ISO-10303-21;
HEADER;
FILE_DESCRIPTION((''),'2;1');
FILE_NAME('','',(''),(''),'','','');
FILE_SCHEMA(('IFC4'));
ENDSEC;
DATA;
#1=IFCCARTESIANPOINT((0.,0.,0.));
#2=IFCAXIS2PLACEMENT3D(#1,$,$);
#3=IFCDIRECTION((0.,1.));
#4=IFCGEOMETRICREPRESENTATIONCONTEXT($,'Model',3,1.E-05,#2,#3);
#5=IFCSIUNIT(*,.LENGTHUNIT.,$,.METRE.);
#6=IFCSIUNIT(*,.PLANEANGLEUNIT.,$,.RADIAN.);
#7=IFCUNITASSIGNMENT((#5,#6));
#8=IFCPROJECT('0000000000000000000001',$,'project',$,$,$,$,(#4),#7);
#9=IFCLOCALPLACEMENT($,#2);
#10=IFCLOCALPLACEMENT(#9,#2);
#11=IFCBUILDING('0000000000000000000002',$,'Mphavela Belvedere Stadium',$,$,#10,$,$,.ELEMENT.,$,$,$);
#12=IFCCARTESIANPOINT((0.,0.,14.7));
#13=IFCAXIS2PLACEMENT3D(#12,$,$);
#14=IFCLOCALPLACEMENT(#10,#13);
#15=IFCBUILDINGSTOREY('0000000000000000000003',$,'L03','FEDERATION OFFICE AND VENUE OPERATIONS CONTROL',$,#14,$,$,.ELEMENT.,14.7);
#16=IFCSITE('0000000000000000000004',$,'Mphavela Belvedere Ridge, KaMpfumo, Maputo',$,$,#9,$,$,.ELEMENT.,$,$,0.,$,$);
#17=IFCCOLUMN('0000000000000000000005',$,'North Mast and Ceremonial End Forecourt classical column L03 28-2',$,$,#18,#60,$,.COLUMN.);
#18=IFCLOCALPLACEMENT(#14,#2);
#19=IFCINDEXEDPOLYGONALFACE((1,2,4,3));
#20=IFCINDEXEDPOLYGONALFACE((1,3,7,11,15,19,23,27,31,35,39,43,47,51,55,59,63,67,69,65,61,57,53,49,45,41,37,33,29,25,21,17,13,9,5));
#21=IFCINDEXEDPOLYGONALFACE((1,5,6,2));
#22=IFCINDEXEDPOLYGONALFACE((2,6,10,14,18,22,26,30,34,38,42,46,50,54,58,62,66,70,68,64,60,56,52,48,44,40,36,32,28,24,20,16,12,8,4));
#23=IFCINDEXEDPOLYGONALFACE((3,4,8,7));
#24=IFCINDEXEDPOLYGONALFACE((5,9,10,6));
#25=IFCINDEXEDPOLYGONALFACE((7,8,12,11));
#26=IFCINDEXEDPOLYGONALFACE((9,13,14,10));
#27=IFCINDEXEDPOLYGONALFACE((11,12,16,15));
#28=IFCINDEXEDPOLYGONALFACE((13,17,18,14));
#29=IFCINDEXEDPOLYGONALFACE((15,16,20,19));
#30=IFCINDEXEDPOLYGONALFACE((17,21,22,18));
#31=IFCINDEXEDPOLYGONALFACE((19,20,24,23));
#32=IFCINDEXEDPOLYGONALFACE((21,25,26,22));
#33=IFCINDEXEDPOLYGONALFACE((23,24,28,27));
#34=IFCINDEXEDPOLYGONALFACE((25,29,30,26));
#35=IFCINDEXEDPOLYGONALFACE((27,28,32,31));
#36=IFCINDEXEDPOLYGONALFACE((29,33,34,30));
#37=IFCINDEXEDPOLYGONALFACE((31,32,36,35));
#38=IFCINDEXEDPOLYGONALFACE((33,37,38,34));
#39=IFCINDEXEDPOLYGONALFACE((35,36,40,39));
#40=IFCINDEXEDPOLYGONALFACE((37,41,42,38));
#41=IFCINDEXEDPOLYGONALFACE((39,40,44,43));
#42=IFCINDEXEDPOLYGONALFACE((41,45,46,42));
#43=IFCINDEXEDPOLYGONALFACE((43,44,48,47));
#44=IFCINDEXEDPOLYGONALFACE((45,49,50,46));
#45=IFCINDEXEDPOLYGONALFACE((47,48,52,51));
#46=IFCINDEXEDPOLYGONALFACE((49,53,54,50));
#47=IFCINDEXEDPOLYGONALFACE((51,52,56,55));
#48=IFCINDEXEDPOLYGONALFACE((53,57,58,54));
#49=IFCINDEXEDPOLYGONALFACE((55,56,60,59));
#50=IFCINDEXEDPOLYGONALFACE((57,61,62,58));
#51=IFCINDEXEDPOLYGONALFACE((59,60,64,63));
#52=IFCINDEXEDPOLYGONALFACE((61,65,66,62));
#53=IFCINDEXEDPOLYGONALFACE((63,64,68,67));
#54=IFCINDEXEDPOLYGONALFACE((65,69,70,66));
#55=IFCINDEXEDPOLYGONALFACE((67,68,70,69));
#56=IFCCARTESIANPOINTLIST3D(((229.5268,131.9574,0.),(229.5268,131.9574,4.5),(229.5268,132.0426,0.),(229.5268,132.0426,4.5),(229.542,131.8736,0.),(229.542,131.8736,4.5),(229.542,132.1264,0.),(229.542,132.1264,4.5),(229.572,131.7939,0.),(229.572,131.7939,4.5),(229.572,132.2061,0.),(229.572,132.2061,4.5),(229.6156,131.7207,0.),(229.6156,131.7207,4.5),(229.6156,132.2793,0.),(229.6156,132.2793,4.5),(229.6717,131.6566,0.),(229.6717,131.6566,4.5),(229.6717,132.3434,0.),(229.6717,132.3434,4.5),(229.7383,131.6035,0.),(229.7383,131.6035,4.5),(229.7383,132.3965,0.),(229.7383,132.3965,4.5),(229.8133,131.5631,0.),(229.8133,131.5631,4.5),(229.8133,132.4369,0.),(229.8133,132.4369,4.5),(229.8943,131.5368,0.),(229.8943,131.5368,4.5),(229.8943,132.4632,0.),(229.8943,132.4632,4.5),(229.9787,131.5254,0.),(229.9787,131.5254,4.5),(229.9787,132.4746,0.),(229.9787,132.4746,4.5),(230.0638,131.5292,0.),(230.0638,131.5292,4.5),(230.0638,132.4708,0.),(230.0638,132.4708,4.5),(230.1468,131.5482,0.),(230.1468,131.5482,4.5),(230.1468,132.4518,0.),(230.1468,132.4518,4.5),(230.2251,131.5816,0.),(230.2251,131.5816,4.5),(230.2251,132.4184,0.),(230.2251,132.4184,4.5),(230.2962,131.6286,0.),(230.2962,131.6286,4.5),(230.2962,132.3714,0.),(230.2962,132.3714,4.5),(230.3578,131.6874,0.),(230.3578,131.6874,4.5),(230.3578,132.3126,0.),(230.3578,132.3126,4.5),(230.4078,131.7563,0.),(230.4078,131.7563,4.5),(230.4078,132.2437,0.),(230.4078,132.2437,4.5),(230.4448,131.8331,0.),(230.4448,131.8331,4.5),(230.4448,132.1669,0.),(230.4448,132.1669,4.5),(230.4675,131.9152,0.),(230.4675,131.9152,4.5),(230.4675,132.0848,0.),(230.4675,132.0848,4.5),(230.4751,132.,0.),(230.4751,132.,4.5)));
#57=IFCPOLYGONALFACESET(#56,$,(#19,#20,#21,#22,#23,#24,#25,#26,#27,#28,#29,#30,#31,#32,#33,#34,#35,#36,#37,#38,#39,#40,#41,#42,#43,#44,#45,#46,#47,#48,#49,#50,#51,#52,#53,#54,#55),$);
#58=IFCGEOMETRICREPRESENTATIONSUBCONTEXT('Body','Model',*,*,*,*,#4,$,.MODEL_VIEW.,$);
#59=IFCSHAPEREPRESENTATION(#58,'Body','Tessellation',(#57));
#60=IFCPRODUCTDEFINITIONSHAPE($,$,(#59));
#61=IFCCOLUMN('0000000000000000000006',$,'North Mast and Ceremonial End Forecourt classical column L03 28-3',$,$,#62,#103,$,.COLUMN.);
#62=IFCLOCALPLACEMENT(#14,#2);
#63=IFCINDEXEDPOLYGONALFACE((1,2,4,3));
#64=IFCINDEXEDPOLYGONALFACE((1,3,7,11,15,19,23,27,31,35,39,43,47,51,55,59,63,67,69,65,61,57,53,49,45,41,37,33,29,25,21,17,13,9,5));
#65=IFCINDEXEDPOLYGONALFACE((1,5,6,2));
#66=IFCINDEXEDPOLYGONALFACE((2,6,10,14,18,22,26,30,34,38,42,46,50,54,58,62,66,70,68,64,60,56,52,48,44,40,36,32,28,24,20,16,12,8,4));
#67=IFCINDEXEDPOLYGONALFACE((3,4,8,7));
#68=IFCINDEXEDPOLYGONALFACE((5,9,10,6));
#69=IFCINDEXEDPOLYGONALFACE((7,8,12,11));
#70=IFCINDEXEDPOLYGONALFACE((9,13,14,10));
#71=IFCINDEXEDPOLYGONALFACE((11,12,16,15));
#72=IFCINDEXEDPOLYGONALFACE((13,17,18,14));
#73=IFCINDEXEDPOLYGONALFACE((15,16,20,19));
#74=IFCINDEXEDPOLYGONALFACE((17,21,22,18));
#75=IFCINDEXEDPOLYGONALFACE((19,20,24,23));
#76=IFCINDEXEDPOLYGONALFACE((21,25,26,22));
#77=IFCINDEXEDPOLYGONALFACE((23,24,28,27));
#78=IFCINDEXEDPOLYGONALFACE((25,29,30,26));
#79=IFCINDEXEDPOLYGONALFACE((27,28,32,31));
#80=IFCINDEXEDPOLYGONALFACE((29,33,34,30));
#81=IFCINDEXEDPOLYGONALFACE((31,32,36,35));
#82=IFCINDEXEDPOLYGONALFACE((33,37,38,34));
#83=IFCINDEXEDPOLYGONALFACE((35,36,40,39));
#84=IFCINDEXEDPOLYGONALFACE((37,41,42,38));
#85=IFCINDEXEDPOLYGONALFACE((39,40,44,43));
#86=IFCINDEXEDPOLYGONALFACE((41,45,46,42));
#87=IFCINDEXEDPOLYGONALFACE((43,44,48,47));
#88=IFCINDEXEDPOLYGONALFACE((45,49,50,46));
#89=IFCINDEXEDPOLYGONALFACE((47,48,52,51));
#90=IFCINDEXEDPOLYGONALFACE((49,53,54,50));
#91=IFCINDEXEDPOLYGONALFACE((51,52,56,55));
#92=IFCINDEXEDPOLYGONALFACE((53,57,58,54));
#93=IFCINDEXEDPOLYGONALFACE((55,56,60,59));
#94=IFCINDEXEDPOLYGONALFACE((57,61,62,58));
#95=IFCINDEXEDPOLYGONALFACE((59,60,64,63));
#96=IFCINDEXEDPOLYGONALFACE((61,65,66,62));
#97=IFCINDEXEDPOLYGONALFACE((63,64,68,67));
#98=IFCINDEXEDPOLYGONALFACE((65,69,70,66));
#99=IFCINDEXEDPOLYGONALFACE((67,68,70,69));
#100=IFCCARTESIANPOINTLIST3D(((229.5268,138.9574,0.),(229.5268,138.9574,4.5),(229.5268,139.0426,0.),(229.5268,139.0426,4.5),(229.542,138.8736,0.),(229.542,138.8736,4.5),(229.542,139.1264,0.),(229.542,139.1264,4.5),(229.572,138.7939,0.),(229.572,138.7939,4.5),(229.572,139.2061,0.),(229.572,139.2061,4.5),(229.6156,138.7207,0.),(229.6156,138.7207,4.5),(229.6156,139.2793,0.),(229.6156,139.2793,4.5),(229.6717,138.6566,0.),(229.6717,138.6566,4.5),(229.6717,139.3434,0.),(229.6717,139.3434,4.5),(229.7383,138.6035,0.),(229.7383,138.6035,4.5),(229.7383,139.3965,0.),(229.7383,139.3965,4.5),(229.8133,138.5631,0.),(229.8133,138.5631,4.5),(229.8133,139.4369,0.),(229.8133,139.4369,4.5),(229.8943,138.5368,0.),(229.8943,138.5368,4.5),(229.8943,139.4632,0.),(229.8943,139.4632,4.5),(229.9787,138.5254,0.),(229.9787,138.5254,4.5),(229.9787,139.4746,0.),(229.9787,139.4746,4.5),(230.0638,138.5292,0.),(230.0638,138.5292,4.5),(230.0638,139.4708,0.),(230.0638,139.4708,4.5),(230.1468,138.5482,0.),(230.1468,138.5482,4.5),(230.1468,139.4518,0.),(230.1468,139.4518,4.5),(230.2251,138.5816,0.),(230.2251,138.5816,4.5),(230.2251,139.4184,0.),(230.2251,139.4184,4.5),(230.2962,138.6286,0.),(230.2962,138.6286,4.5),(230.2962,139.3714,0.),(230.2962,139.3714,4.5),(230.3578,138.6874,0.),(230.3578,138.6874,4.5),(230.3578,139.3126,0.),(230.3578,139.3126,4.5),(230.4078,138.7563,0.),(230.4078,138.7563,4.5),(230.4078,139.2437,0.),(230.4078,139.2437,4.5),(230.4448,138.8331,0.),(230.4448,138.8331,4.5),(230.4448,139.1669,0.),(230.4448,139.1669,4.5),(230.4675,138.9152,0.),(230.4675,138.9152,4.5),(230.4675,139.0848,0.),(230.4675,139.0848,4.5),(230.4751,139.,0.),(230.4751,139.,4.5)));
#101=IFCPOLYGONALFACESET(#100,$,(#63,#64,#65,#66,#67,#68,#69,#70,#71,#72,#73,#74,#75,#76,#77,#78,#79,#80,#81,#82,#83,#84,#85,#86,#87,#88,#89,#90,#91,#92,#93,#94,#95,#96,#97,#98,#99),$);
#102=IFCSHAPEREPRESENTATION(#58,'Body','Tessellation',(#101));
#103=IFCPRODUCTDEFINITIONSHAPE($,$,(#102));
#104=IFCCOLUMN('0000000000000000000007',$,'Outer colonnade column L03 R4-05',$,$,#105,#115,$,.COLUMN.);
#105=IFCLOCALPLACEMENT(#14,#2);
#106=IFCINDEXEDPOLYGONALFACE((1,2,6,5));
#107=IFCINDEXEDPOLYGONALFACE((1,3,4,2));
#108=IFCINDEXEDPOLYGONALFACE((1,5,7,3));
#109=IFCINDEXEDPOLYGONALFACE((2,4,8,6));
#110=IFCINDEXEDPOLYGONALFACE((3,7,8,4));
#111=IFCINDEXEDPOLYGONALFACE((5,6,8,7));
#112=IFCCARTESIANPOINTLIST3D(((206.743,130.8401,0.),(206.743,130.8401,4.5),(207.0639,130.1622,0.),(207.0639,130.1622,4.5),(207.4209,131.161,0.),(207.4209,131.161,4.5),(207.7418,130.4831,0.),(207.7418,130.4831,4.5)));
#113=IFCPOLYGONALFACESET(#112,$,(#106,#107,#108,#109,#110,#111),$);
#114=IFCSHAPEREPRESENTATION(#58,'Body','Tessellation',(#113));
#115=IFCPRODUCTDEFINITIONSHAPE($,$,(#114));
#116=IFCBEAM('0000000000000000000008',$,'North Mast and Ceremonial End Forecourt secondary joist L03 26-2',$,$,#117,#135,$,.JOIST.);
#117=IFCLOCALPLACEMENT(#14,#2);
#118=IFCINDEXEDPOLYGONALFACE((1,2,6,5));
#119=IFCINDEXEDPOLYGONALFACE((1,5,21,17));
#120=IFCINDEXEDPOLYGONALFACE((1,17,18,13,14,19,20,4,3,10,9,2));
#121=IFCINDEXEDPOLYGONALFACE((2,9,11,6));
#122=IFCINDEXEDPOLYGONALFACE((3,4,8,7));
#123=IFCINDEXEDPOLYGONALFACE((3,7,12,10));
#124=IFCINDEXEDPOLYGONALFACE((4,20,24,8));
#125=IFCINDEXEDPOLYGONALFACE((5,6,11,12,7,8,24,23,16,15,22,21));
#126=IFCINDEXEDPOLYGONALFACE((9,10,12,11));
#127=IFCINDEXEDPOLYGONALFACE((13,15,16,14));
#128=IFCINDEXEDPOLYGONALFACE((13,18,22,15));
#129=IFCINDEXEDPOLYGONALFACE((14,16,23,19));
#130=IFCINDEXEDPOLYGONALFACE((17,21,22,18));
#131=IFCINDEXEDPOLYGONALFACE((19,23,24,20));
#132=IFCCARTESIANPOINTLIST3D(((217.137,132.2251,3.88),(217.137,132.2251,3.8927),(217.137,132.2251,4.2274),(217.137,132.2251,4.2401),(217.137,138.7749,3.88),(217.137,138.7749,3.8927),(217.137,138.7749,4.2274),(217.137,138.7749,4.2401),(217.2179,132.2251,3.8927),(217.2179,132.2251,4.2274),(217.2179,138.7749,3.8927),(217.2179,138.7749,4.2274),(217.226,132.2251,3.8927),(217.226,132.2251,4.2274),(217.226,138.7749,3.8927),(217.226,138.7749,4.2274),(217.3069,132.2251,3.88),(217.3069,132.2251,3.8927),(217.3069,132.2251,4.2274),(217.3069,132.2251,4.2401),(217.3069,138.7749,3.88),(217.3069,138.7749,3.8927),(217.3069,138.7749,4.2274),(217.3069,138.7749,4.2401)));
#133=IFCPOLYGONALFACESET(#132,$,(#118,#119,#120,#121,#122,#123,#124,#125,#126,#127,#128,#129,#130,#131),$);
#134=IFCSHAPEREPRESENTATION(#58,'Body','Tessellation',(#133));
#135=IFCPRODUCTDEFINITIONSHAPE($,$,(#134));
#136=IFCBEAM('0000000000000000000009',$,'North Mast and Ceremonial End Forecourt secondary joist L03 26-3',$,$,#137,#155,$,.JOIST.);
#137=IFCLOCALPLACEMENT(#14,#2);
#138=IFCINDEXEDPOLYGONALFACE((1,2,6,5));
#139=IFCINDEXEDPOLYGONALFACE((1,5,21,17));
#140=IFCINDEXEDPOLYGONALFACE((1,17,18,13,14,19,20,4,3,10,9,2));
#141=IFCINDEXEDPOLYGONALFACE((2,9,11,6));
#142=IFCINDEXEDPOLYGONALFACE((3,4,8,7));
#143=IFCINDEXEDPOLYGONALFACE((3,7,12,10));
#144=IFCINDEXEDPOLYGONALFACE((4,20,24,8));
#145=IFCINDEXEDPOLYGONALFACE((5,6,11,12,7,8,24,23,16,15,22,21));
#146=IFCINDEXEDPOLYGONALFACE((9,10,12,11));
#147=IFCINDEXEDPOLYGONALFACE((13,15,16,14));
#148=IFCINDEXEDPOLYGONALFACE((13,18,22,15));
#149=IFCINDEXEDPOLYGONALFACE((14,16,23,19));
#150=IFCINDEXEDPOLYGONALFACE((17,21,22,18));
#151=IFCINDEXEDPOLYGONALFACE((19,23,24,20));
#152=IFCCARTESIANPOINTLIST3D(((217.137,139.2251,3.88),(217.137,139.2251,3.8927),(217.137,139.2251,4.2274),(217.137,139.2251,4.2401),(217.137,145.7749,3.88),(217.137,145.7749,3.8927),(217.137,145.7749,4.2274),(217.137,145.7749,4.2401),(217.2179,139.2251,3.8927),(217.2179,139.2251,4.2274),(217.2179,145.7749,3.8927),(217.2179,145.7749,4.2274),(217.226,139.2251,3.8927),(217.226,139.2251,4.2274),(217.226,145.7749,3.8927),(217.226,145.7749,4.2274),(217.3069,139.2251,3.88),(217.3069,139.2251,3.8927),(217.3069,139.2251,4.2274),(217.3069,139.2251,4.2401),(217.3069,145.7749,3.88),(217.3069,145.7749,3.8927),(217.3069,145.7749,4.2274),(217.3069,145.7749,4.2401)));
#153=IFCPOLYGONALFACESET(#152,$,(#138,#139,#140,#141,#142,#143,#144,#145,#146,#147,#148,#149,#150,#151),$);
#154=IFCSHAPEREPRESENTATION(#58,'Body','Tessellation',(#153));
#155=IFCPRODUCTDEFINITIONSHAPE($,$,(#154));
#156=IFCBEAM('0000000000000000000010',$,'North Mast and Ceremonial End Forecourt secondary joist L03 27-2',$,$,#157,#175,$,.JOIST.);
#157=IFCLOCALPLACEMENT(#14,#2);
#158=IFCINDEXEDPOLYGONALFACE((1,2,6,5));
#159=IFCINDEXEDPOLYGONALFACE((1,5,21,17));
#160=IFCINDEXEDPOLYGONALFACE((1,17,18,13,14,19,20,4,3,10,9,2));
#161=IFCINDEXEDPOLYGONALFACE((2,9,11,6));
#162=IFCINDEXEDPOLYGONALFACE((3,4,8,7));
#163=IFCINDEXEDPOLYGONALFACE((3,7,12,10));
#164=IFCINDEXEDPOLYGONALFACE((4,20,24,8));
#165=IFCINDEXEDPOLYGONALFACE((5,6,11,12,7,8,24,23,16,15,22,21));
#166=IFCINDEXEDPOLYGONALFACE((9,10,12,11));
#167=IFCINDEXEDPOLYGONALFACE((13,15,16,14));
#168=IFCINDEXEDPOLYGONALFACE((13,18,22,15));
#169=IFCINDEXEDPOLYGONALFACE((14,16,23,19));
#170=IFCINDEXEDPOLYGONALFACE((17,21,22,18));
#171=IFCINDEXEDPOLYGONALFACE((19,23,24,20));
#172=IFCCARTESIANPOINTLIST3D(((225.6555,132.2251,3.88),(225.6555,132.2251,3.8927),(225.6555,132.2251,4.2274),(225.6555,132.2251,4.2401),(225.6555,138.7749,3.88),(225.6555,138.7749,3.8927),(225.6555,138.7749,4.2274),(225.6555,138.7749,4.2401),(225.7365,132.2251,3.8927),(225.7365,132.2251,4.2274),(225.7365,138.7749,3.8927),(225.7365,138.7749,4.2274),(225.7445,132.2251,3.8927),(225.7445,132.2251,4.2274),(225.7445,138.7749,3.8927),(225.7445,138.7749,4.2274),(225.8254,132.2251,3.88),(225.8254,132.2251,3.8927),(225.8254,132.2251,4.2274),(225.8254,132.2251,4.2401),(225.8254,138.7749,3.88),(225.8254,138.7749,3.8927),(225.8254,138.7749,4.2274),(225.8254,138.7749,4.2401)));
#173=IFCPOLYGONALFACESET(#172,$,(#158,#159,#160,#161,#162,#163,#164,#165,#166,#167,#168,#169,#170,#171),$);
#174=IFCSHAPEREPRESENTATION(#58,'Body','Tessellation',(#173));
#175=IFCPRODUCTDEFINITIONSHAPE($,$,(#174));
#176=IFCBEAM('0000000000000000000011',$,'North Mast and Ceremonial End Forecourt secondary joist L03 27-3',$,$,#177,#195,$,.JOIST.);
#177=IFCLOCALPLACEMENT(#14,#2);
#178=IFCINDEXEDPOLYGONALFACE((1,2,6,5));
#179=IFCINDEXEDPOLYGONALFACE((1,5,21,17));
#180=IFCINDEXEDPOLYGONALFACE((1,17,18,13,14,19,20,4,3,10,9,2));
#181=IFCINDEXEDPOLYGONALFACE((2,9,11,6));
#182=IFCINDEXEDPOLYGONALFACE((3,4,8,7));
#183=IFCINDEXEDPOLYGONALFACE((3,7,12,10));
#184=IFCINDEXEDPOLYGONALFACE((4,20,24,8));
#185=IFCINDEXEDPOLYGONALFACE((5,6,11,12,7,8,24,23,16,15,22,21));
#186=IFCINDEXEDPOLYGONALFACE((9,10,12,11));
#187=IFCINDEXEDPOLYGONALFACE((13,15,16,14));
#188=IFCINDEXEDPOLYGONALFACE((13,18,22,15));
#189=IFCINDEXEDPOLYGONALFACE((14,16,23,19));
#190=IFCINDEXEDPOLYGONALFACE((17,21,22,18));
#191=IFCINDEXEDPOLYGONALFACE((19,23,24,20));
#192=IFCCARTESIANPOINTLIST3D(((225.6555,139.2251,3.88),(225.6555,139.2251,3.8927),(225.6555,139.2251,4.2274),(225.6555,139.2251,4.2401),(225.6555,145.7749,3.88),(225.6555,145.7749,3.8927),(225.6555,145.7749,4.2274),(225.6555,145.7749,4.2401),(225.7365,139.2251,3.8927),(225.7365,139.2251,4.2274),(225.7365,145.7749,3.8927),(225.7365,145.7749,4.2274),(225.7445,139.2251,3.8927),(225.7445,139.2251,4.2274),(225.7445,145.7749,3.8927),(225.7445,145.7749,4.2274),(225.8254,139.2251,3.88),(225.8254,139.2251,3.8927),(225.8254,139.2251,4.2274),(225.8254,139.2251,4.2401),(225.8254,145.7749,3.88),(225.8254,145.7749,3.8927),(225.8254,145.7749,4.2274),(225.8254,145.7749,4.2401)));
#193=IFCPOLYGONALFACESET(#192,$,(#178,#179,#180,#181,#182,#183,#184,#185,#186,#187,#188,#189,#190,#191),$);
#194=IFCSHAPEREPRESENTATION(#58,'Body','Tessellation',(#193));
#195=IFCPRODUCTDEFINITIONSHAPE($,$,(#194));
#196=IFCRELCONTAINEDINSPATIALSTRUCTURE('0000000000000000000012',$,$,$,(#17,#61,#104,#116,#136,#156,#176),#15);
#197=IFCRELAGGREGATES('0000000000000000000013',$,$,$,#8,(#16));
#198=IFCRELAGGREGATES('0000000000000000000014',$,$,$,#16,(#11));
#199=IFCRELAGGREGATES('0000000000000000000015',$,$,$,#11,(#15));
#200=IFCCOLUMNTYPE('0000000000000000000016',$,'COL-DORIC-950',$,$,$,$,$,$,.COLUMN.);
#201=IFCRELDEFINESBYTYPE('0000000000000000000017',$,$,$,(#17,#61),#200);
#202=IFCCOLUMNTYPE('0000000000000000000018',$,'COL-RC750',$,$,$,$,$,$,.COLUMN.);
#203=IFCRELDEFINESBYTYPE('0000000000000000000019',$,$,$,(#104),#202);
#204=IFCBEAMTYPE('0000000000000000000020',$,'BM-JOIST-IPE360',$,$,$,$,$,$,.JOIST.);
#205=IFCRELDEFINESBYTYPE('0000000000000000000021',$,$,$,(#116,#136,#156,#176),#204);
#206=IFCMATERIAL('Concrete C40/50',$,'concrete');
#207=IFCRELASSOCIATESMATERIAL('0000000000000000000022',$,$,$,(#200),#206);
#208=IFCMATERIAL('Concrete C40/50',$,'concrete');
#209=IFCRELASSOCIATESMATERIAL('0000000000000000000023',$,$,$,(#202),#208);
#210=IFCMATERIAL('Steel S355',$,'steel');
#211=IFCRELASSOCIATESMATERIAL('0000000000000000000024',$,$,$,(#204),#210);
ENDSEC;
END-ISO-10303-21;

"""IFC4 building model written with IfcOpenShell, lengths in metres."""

from ifc_helpers import new_model, si_unit, direction, frame, origin, origin_2d, place, context, subcontext, project, spatial, rectangle, circle, i_section, extrude, material, material_profile, profile_set, type_object, element, save


model = new_model("IFC4")

# Units and contexts
model_context = context("Model", 3, precision=1e-05, world=origin(), true_north=direction((0.0, 1.0)))
body_context = subcontext(model_context, "Body", "Model", "MODEL_VIEW")
ifc_project = project(units=[si_unit("LENGTHUNIT", "METRE"), si_unit("PLANEANGLEUNIT", "RADIAN")], contexts=[model_context])

# Site, building, storey
site_placement = place(None, origin())
site = spatial("IfcSite", under=ifc_project, at=site_placement, Name="Mphavela Belvedere Ridge, KaMpfumo, Maputo", CompositionType="ELEMENT", RefElevation=0.0)
building_placement = place(site_placement, origin())
building = spatial("IfcBuilding", under=site, at=building_placement, Name="Mphavela Belvedere Stadium", CompositionType="ELEMENT")
storey_placement = place(building_placement, frame((0.0, 0.0, 14.7)))
storey = spatial("IfcBuildingStorey", under=building, at=storey_placement, Name="L03", Description="FEDERATION OFFICE AND VENUE OPERATIONS CONTROL", CompositionType="ELEMENT", Elevation=14.7)

# Columns
ifc_material_1 = material(Name="Concrete C40/50", Category="concrete")
ifc_material_profile_1 = material_profile(ifc_material_1, circle(Radius=0.4751, at=origin_2d()), Name="COL D950")
ifc_profile_set_1 = profile_set([ifc_material_profile_1], Name="Concrete C40/50")
column_type_1 = type_object("IfcColumnType", Name="COL-DORIC-950", PredefinedType="COLUMN", material=ifc_profile_set_1)
for number, where, z_axis, x_axis, name in (
    (1, (230.0, 132.0, 0.0), (0.0, 0.0, 1.0), (1.0, 0.0, 0.0), "North Mast and Ceremonial End Forecourt classical column L03 28-2"),
    (2, (230.0, 139.0, 0.0), (0.0, 0.0, 1.0), (1.0, 0.0, 0.0), "North Mast and Ceremonial End Forecourt classical column L03 28-3"),
):
    element("IfcColumn", number, at=place(storey_placement, frame(where, z_axis=z_axis, x_axis=x_axis)), inside=storey, type_object=column_type_1, Name=name, PredefinedType="COLUMN", context=body_context, shape_type="SweptSolid", body=[
        extrude(circle(Radius=0.4751, at=origin_2d()), origin(), (0.0, 0.0, 1.0), 4.5),
    ])
ifc_material_2 = material(Name="Concrete C40/50", Category="concrete")
ifc_material_profile_2 = material_profile(ifc_material_2, rectangle(XDim=0.75, YDim=0.75, at=origin_2d()), Name="RC 750x750")
ifc_profile_set_2 = profile_set([ifc_material_profile_2], Name="Concrete C40/50")
column_type_2 = type_object("IfcColumnType", Name="COL-RC750", PredefinedType="COLUMN", material=ifc_profile_set_2)
column_placement = place(storey_placement, frame((207.2424, 130.6616, 0.0), z_axis=(0.0, 0.0, 1.0), x_axis=(0.903859, 0.427831, 0.0)))
element("IfcColumn", 3, at=column_placement, inside=storey, type_object=column_type_2, Name="Outer colonnade column L03 R4-05", PredefinedType="COLUMN", context=body_context, shape_type="SweptSolid", body=[
    extrude(rectangle(XDim=0.75, YDim=0.75, at=origin_2d()), origin(), (0.0, 0.0, 1.0), 4.5),
])

# Beams
ifc_material_3 = material(Name="Steel S355", Category="steel")
ifc_material_profile_3 = material_profile(ifc_material_3, i_section(OverallWidth=0.1699, OverallDepth=0.3601, WebThickness=0.0081, FlangeThickness=0.0127, at=origin_2d()), Name="IPE 360")
ifc_profile_set_3 = profile_set([ifc_material_profile_3], Name="Steel S355")
beam_type_1 = type_object("IfcBeamType", Name="BM-JOIST-IPE360", PredefinedType="JOIST", material=ifc_profile_set_3)
for number, where, z_axis, x_axis, name in (
    (4, (217.2219, 132.2251, 4.0601), (0.0, 1.0, 0.0), (-1.0, 0.0, 0.0), "North Mast and Ceremonial End Forecourt secondary joist L03 26-2"),
    (5, (217.2219, 139.2251, 4.0601), (0.0, 1.0, 0.0), (-1.0, 0.0, 0.0), "North Mast and Ceremonial End Forecourt secondary joist L03 26-3"),
    (6, (225.7405, 132.2251, 4.0601), (0.0, 1.0, 0.0), (-1.0, 0.0, 0.0), "North Mast and Ceremonial End Forecourt secondary joist L03 27-2"),
    (7, (225.7405, 139.2251, 4.0601), (0.0, 1.0, 0.0), (-1.0, 0.0, 0.0), "North Mast and Ceremonial End Forecourt secondary joist L03 27-3"),
):
    element("IfcBeam", number, at=place(storey_placement, frame(where, z_axis=z_axis, x_axis=x_axis)), inside=storey, type_object=beam_type_1, Name=name, PredefinedType="JOIST", context=body_context, shape_type="SweptSolid", body=[
        extrude(i_section(OverallWidth=0.1699, OverallDepth=0.3601, WebThickness=0.0081, FlangeThickness=0.0127, at=origin_2d()), origin(), (0.0, 0.0, 1.0), 6.5498),
    ])

save(model, "model.ifc")
